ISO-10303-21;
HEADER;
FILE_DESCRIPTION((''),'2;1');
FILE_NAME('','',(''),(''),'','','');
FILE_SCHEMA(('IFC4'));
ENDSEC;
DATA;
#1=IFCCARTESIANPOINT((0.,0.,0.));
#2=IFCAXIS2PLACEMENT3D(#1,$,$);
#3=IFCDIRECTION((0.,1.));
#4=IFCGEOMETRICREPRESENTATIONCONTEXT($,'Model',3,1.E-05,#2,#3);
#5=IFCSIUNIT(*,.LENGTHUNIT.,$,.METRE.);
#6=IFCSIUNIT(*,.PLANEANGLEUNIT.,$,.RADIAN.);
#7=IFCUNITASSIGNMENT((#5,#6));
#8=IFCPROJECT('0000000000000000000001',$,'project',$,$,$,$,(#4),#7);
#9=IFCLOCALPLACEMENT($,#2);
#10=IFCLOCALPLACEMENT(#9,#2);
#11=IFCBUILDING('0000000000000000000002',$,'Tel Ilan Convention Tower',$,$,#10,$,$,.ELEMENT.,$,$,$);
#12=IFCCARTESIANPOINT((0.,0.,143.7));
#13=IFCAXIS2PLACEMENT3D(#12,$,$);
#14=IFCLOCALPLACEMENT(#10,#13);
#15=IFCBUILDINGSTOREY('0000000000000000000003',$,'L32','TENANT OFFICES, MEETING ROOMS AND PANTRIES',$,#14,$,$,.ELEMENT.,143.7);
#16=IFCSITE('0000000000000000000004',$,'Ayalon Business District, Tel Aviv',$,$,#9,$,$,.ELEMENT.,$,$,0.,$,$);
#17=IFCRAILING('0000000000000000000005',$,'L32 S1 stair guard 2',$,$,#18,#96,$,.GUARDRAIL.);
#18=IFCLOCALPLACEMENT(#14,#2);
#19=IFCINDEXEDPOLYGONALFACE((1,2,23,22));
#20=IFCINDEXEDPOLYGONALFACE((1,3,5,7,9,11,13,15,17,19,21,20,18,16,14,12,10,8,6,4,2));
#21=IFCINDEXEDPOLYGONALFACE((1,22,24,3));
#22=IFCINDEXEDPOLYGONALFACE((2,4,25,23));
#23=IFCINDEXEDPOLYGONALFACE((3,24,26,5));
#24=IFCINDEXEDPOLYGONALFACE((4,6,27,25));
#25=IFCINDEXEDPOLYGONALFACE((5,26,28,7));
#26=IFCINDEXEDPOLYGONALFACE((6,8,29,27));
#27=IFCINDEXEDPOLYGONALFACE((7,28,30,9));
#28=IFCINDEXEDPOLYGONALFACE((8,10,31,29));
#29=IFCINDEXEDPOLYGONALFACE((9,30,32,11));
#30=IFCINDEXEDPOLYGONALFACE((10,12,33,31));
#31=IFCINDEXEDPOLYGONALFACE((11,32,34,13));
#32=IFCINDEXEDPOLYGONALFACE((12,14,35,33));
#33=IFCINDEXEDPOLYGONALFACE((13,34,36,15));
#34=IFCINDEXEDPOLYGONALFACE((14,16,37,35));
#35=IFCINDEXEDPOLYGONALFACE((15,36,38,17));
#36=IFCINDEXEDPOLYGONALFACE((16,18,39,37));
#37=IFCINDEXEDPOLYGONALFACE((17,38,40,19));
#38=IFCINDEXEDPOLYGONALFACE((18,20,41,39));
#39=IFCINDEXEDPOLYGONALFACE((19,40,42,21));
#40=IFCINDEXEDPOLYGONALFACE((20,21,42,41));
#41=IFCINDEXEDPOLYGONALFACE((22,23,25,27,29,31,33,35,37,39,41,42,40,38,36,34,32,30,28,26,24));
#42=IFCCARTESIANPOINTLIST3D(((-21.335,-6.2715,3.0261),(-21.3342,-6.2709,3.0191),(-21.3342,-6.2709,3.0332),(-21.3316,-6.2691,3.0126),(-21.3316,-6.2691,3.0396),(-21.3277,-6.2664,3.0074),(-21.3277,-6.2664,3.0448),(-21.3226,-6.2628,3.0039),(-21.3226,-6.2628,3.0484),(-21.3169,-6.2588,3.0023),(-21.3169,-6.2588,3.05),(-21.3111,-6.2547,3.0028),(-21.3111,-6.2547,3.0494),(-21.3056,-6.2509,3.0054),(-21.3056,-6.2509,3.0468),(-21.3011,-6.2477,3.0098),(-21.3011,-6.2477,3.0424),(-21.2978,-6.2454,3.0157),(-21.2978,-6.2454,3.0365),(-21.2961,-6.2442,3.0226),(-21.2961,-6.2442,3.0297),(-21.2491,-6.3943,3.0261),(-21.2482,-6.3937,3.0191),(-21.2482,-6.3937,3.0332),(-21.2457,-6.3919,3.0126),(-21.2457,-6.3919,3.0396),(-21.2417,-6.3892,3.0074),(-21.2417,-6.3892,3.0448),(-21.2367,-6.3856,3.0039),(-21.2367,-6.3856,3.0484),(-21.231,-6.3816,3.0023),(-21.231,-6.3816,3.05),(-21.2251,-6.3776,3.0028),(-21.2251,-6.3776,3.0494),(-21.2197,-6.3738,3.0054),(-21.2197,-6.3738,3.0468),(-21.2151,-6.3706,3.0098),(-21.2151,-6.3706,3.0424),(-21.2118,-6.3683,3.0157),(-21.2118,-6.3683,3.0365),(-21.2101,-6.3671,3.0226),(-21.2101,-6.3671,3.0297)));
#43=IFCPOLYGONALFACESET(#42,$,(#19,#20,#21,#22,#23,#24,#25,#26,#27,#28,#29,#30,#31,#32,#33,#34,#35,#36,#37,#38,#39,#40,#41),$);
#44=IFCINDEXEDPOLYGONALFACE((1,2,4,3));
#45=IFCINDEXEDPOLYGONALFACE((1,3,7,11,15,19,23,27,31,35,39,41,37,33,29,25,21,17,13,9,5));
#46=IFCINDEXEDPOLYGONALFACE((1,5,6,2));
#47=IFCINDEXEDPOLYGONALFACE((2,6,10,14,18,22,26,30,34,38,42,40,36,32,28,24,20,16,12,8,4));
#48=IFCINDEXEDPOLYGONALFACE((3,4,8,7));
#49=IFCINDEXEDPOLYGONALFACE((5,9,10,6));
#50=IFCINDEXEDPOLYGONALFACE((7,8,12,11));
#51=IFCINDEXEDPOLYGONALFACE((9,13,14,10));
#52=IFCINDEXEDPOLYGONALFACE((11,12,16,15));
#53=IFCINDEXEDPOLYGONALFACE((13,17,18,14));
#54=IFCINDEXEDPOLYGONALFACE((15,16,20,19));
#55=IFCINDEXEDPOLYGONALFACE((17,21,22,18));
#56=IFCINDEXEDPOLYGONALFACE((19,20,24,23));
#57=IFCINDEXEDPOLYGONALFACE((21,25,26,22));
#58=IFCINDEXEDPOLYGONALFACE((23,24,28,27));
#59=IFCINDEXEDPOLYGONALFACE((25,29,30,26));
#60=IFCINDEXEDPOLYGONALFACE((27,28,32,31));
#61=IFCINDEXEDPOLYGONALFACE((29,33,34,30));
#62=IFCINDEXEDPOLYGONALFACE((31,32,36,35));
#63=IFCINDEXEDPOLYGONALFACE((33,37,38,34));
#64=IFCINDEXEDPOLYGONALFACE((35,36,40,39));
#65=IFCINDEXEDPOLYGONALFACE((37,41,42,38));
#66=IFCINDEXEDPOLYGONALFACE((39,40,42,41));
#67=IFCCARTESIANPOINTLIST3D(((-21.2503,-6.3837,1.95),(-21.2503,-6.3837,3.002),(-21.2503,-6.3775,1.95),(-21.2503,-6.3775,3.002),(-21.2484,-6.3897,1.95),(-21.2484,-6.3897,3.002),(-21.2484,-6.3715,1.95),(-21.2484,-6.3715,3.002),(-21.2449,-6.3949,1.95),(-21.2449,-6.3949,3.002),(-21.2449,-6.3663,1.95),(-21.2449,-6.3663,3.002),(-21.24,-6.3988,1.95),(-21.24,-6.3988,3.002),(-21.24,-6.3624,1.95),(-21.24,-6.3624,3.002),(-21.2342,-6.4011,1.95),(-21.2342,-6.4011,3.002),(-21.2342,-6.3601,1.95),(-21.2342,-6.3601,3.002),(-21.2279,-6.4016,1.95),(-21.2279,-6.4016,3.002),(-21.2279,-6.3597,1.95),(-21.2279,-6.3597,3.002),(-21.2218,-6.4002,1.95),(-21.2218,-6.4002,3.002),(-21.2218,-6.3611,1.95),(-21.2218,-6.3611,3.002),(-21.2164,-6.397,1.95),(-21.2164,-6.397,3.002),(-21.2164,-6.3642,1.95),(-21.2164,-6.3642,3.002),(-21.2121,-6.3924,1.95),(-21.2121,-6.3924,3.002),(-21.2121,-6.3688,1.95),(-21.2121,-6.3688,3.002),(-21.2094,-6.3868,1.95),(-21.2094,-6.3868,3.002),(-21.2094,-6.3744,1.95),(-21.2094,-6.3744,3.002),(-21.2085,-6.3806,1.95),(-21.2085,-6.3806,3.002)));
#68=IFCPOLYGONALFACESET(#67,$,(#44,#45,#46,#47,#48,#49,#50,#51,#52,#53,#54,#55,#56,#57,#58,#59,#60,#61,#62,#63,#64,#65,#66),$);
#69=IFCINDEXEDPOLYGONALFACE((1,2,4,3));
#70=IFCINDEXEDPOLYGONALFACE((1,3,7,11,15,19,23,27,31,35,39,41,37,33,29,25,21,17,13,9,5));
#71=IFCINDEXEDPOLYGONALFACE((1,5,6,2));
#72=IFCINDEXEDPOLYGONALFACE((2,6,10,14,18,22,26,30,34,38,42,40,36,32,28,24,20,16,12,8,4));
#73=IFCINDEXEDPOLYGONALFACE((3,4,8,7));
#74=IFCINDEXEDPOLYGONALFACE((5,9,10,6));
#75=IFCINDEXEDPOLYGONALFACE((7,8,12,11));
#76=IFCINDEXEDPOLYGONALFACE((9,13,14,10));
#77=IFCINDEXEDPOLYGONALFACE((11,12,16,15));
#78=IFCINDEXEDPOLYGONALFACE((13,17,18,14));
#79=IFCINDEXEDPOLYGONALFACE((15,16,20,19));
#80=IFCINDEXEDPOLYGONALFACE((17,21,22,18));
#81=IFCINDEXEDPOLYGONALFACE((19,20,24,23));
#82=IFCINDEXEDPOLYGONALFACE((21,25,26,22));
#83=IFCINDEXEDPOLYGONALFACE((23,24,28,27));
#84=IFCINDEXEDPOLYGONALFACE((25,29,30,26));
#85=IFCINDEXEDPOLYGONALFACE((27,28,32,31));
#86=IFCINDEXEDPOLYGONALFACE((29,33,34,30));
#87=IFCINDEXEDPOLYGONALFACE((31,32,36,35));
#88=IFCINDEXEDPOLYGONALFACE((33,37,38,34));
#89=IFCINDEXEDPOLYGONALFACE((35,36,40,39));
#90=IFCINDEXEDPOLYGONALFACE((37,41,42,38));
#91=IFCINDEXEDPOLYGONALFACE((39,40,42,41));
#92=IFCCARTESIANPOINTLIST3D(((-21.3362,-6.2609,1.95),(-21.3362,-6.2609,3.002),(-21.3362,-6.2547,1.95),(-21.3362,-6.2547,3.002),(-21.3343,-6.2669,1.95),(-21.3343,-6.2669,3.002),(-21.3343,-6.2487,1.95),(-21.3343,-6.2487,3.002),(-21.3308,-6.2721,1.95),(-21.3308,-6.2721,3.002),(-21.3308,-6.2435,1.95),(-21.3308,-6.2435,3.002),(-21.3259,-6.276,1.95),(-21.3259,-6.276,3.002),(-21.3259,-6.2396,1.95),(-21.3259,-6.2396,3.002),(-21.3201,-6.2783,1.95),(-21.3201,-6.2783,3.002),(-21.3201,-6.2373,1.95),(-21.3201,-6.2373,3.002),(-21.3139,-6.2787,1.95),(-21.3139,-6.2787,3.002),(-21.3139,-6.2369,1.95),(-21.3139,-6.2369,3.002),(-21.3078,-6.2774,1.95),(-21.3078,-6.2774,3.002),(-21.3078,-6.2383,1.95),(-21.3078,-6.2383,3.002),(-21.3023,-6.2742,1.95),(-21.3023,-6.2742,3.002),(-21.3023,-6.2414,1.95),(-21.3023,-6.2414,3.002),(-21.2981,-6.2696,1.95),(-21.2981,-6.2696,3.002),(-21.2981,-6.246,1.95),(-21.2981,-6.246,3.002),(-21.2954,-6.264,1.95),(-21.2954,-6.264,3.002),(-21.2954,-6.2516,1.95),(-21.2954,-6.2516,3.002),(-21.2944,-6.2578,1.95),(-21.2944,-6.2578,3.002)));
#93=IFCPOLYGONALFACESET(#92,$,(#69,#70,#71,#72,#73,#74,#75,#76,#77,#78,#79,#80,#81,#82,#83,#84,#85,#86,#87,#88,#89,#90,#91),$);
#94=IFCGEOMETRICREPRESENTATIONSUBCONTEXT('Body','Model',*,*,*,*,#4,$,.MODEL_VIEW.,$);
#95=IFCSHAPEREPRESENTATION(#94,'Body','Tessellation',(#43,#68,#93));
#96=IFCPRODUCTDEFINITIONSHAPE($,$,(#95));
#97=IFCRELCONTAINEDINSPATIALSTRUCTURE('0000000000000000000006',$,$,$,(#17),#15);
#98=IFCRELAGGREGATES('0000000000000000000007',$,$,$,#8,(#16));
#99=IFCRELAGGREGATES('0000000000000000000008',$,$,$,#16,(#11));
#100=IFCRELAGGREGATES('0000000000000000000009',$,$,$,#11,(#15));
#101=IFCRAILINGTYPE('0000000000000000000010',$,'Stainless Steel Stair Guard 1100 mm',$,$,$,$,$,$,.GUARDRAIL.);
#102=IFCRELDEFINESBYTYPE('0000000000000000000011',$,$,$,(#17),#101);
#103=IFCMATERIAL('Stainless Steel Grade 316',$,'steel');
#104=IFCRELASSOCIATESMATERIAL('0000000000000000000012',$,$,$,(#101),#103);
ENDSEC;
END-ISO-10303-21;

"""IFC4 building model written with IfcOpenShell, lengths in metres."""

from ifc_helpers import new_model, si_unit, direction, frame, origin, origin_2d, place, context, subcontext, project, spatial, circle, extrude, material, type_object, element, save


model = new_model("IFC4")

# Units and contexts
model_context = context("Model", 3, precision=1e-05, world=origin(), true_north=direction((0.0, 1.0)))
body_context = subcontext(model_context, "Body", "Model", "MODEL_VIEW")
ifc_project = project(units=[si_unit("LENGTHUNIT", "METRE"), si_unit("PLANEANGLEUNIT", "RADIAN")], contexts=[model_context])

# Site, building, storey
site_placement = place(None, origin())
site = spatial("IfcSite", under=ifc_project, at=site_placement, Name="Ayalon Business District, Tel Aviv", CompositionType="ELEMENT", RefElevation=0.0)
building_placement = place(site_placement, origin())
building = spatial("IfcBuilding", under=site, at=building_placement, Name="Tel Ilan Convention Tower", CompositionType="ELEMENT")
storey_placement = place(building_placement, frame((0.0, 0.0, 143.7)))
storey = spatial("IfcBuildingStorey", under=building, at=storey_placement, Name="L32", Description="TENANT OFFICES, MEETING ROOMS AND PANTRIES", CompositionType="ELEMENT", Elevation=143.7)

# Railing
ifc_material_1 = material(Name="Stainless Steel Grade 316", Category="steel")
railing_type_1 = type_object("IfcRailingType", Name="Stainless Steel Stair Guard 1100 mm", PredefinedType="GUARDRAIL", material=ifc_material_1)
railing_1_placement = place(storey_placement, frame((-21.2295, -6.3806, 1.95)))
element("IfcRailing", 1, at=railing_1_placement, inside=storey, type_object=railing_type_1, Name="L32 S1 stair guard 2", PredefinedType="GUARDRAIL", context=body_context, shape_type="SweptSolid", body=[
    extrude(circle(Radius=0.0239, at=origin_2d()), frame((0.0, 0.0, 1.0762), z_axis=(-0.573353, 0.819308, 0.0), x_axis=(-0.819308, -0.573353, 0.0)), (0.0, 0.0, 1.0), 0.1499),
    extrude(circle(Radius=0.021, at=origin_2d()), origin(), (0.0, 0.0, 1.0), 1.052),
    extrude(circle(Radius=0.021, at=origin_2d()), frame((-0.0859, 0.1228, 0.0)), (0.0, 0.0, 1.0), 1.052),
])

save(model, "model.ifc")
